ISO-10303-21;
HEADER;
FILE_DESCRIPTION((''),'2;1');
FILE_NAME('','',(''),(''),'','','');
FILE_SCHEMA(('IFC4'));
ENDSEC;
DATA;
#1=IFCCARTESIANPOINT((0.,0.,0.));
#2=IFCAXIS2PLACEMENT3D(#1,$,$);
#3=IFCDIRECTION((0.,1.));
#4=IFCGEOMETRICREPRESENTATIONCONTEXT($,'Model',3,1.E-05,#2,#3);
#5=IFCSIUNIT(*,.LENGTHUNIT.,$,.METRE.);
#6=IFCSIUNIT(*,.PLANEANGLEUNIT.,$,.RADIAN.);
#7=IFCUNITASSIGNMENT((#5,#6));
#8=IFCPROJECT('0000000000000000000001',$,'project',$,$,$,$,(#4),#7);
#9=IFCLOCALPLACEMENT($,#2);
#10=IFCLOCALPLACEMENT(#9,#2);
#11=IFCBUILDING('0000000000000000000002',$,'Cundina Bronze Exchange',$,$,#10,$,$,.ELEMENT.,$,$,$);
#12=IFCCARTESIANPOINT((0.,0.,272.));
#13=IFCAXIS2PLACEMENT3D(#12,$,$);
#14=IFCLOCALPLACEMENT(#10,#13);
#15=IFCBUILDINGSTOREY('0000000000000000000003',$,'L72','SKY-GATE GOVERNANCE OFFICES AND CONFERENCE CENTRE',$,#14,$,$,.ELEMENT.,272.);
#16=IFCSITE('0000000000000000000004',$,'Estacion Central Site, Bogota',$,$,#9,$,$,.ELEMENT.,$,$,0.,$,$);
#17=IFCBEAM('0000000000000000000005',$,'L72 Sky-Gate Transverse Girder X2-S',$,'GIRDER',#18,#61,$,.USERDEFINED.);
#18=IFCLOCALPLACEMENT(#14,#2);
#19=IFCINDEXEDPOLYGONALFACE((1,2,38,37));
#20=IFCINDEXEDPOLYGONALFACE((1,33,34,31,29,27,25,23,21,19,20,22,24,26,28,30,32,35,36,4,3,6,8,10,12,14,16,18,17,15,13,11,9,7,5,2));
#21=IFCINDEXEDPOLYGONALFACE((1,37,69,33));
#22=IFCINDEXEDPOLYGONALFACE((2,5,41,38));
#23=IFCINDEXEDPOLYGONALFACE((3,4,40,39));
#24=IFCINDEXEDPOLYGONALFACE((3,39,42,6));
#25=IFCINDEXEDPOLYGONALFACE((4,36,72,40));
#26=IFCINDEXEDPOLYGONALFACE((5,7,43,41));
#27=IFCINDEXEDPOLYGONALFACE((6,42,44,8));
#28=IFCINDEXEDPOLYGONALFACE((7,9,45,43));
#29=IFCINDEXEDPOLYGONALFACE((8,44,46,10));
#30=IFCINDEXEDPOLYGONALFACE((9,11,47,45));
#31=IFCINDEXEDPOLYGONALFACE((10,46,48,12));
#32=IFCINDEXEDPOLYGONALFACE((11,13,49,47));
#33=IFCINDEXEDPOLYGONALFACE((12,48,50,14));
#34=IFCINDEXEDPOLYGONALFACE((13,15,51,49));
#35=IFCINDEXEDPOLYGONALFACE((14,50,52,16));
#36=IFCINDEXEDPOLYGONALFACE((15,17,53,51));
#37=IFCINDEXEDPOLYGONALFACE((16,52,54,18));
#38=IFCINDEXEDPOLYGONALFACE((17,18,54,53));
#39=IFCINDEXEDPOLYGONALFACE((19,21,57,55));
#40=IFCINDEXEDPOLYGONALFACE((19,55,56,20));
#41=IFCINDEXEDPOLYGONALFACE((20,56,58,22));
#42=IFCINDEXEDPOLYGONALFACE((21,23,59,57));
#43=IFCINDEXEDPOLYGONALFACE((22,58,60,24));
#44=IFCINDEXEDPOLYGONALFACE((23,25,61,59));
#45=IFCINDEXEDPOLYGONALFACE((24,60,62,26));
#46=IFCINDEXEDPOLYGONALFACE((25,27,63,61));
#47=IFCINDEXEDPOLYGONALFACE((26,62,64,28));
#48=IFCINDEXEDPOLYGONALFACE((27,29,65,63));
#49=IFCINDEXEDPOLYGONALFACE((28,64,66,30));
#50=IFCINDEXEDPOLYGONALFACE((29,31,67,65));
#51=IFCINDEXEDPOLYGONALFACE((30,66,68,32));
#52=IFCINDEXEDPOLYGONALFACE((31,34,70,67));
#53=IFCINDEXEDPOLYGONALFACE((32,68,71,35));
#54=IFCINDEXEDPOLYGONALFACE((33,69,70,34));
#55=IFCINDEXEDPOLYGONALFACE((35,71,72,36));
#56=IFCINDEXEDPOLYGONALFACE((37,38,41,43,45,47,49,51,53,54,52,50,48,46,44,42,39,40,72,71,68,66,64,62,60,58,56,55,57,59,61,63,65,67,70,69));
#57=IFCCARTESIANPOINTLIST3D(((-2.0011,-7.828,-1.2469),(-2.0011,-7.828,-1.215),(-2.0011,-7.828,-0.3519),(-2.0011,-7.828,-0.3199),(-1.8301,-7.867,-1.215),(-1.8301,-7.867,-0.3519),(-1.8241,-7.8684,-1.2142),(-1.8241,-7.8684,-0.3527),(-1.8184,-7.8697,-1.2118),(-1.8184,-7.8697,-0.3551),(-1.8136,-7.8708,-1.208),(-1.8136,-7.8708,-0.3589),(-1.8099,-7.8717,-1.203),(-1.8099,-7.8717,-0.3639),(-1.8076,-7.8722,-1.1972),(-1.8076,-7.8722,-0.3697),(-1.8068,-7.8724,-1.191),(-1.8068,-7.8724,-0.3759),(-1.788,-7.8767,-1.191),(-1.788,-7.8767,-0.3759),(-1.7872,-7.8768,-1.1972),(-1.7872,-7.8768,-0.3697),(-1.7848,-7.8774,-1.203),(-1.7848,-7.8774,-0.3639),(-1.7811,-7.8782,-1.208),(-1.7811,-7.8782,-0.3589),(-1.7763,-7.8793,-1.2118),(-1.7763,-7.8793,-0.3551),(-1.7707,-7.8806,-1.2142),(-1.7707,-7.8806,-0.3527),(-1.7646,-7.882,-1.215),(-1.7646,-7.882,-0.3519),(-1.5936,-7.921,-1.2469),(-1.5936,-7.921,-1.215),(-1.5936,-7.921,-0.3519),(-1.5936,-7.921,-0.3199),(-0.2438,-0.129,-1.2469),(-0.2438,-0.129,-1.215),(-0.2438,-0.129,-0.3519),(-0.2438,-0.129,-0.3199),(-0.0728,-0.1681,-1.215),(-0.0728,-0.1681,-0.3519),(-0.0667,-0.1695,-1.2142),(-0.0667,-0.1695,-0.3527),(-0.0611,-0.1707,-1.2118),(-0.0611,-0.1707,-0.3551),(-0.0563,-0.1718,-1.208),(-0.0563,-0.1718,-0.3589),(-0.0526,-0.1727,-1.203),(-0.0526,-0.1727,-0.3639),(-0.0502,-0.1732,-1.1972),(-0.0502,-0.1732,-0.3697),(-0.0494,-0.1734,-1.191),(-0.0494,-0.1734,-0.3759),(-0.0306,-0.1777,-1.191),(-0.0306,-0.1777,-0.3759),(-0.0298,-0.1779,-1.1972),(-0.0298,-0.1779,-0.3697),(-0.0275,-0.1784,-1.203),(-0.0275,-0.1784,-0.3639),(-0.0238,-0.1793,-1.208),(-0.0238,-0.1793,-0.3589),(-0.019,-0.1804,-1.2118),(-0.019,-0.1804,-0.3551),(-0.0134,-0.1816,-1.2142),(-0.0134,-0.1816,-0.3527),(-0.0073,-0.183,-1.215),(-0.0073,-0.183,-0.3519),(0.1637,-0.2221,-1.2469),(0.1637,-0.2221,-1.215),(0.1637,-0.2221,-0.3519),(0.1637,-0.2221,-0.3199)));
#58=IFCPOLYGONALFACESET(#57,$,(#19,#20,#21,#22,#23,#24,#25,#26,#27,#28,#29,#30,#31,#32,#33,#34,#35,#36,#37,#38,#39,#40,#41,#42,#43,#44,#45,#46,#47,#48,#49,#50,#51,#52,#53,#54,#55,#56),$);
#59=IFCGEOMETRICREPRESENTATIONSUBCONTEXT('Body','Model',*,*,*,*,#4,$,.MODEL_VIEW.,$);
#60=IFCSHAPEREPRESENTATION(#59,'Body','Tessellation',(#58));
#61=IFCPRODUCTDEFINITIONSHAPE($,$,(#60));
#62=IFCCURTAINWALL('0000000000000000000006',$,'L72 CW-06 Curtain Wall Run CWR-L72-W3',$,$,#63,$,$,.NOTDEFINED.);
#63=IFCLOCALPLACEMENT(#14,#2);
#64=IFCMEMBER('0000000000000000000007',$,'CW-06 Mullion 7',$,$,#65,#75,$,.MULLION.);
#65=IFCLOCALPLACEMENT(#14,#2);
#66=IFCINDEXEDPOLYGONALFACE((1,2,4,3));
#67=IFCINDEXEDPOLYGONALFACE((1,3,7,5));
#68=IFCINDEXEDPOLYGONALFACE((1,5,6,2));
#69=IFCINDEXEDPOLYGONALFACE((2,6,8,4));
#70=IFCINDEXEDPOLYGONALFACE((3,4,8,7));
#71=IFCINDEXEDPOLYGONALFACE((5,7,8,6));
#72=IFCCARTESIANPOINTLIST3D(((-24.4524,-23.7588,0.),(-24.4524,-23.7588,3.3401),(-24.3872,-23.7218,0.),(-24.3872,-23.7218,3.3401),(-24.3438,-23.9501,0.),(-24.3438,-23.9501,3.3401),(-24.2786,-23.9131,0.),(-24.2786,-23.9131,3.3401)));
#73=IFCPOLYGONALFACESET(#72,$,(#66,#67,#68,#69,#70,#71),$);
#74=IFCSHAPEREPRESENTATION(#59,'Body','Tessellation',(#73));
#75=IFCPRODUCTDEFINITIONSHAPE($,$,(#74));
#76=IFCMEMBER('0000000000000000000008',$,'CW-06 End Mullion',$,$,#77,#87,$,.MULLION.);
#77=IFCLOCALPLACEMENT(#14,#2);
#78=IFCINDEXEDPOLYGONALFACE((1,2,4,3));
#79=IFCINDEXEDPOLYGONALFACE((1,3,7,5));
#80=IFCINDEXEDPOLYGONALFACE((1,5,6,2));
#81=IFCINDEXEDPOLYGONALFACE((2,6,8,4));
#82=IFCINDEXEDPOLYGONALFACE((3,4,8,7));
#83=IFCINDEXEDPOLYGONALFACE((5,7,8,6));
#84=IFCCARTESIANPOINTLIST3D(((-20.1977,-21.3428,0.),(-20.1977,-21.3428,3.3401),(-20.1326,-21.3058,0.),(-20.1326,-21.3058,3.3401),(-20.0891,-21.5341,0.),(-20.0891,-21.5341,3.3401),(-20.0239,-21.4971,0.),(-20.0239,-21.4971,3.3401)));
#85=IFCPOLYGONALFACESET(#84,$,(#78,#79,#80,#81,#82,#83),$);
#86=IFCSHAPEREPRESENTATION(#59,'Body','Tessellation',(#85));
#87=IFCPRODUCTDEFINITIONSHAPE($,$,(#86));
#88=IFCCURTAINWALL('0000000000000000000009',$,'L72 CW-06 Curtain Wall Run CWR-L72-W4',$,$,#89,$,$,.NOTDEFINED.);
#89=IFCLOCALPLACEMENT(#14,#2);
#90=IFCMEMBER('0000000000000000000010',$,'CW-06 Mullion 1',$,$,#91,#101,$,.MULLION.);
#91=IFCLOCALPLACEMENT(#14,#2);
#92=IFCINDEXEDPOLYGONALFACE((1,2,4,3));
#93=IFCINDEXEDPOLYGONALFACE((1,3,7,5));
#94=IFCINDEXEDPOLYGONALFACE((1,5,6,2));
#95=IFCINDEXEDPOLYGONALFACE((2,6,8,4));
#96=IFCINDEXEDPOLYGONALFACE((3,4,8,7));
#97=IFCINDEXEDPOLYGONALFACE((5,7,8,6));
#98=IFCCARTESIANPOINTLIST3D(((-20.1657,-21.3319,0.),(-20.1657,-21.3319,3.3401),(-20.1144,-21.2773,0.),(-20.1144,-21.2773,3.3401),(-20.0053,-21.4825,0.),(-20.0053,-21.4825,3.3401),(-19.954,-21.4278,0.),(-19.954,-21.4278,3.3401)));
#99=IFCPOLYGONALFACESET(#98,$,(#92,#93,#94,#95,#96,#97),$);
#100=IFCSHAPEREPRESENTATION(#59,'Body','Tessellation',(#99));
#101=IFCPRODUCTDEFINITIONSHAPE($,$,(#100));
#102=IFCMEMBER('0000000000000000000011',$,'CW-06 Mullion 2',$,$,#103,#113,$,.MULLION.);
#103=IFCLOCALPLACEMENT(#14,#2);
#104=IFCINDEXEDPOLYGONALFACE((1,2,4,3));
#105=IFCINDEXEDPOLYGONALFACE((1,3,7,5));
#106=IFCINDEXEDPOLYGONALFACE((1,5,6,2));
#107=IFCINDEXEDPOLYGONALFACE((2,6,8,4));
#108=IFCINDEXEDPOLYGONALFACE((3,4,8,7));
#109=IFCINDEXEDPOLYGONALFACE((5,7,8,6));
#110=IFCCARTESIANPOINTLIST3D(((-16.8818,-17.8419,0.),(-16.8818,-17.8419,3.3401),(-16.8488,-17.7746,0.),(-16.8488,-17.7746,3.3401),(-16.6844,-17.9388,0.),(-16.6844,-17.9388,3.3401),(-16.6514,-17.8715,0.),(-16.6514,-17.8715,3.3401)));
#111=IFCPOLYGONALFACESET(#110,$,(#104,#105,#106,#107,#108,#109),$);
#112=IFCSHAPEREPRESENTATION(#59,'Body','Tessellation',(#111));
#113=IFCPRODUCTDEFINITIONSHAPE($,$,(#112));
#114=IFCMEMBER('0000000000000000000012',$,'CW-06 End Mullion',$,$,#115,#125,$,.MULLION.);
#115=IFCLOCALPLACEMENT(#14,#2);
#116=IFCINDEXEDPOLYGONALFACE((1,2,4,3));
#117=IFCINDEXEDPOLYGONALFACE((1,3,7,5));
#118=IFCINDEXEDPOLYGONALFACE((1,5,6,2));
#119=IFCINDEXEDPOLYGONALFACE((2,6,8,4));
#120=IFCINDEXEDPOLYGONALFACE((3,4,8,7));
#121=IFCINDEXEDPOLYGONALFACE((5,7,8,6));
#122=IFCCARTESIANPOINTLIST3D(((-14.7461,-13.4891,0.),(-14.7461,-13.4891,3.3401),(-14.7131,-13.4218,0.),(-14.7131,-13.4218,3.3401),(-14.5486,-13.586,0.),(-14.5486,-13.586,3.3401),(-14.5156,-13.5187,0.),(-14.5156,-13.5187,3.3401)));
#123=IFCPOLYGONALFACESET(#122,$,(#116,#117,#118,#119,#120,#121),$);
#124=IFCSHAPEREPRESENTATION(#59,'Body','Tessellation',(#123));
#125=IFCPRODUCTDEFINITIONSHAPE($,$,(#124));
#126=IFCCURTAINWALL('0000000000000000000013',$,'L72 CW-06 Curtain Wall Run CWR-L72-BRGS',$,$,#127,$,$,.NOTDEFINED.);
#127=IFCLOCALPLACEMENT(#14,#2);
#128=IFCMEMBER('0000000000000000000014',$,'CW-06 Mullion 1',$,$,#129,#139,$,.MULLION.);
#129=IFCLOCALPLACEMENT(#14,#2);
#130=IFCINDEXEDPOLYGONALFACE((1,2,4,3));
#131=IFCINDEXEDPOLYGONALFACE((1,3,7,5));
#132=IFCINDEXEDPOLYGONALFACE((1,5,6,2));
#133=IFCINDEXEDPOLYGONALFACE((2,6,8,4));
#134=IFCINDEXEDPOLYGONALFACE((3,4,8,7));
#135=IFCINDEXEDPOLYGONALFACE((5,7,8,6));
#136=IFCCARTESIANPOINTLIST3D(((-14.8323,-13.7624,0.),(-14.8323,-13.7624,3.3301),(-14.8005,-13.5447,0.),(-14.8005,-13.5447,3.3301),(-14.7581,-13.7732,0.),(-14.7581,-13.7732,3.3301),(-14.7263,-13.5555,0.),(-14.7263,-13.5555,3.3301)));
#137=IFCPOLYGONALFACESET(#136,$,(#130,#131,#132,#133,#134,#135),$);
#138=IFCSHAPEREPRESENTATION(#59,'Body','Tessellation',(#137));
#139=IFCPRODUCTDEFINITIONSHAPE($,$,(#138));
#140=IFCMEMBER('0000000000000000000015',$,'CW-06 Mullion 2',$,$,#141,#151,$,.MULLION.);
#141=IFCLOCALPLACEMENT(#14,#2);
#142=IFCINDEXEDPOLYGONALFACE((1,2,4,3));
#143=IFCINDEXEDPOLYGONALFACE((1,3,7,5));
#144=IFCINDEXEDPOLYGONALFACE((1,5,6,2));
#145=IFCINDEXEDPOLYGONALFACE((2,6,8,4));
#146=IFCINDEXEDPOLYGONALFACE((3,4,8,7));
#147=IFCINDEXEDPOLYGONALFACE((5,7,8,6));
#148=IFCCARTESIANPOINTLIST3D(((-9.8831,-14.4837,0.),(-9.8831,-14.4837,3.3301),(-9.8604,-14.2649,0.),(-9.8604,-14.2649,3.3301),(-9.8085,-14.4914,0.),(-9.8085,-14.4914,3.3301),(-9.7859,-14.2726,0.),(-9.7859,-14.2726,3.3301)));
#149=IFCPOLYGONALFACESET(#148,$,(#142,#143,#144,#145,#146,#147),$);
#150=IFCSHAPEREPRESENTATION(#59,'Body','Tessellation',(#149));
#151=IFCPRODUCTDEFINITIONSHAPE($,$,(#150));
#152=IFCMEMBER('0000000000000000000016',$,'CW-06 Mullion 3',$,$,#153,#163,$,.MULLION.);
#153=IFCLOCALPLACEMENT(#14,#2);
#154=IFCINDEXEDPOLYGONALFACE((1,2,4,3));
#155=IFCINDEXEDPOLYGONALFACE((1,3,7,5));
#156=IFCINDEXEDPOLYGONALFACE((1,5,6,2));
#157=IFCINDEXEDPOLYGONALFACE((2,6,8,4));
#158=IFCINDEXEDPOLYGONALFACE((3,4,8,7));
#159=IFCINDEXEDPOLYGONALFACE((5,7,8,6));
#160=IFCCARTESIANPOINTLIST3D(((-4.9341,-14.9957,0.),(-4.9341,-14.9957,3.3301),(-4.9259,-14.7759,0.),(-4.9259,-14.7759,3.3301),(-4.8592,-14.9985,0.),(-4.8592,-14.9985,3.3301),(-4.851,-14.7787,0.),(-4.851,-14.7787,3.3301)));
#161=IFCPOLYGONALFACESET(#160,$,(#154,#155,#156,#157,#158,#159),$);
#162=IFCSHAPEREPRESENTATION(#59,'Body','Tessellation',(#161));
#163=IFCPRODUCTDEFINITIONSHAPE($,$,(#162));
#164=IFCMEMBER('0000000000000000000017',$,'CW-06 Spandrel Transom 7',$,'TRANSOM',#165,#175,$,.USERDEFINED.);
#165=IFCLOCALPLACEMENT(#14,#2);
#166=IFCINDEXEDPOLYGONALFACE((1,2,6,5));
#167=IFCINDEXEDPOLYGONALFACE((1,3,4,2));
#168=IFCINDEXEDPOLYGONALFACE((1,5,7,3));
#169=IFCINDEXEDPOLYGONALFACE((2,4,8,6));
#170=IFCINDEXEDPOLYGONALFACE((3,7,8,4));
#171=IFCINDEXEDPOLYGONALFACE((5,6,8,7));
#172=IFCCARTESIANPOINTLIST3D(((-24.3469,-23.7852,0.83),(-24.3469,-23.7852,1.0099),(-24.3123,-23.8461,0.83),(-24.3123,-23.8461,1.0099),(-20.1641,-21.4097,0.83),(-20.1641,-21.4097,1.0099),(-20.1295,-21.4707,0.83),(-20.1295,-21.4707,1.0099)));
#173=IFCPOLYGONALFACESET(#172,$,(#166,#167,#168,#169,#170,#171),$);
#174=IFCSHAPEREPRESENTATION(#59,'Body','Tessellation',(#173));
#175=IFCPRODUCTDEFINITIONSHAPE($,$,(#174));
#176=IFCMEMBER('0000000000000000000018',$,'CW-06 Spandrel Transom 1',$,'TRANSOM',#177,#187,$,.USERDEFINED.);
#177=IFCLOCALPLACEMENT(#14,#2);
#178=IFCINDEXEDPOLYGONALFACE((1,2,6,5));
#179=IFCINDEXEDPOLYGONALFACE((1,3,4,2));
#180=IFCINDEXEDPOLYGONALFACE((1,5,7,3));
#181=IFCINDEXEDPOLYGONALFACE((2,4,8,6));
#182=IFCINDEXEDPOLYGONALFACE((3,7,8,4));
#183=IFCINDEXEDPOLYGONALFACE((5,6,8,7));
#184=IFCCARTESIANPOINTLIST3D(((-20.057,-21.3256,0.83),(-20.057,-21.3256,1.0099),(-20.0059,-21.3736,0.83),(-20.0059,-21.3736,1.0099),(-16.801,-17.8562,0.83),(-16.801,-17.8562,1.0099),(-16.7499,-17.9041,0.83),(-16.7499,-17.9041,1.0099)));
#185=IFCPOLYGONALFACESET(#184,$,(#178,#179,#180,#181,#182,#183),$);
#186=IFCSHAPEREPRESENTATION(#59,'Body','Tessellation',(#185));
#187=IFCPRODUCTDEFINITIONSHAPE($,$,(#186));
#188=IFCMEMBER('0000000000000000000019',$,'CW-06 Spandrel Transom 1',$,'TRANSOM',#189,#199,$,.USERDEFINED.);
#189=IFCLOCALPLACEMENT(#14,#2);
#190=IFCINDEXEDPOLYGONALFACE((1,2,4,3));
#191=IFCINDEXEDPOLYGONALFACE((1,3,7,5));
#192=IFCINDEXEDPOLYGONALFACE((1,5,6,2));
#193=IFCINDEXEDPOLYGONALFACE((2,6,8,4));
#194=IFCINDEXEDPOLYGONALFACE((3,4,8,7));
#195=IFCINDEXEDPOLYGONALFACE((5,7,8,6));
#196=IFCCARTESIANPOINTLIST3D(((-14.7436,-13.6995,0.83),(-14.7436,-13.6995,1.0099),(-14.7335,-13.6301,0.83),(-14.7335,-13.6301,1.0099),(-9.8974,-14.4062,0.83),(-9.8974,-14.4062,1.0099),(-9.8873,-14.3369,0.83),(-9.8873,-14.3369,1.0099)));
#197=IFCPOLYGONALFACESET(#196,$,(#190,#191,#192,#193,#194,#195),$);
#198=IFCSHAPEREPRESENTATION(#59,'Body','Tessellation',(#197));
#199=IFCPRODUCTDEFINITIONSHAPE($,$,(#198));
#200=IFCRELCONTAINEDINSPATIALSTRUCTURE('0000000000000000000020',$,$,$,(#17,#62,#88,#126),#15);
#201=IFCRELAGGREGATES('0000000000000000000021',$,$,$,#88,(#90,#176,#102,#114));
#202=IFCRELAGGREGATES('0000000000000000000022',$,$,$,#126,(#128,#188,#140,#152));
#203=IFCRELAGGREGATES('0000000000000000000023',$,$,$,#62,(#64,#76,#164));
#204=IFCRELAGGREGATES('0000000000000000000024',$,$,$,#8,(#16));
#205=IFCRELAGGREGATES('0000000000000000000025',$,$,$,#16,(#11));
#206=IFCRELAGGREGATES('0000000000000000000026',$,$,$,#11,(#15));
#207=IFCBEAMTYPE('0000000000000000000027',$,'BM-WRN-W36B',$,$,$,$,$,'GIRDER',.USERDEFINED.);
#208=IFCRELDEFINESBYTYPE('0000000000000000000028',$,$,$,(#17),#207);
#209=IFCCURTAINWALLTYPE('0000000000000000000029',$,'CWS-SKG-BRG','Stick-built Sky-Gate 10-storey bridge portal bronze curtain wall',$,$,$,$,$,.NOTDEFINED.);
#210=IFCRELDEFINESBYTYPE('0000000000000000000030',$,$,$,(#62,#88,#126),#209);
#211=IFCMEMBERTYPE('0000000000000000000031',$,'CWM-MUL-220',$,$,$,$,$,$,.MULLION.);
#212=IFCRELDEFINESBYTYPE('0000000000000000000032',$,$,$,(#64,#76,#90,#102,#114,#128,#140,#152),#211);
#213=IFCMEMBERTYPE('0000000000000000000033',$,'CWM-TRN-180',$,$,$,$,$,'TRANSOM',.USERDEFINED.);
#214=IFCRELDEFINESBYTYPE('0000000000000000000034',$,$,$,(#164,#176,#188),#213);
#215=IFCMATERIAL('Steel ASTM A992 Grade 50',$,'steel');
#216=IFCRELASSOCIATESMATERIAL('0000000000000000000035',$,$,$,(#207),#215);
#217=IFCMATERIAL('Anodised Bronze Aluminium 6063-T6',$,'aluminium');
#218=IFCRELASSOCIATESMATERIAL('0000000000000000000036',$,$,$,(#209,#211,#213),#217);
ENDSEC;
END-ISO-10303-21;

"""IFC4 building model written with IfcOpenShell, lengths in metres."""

from ifc_helpers import new_model, si_unit, direction, frame, origin, origin_2d, place, context, subcontext, project, spatial, rectangle, i_section, extrude, material, material_profile, profile_set, type_object, element, aggregate, save


model = new_model("IFC4")

# Units and contexts
model_context = context("Model", 3, precision=1e-05, world=origin(), true_north=direction((0.0, 1.0)))
body_context = subcontext(model_context, "Body", "Model", "MODEL_VIEW")
ifc_project = project(units=[si_unit("LENGTHUNIT", "METRE"), si_unit("PLANEANGLEUNIT", "RADIAN")], contexts=[model_context])

# Site, building, storey
site_placement = place(None, origin())
site = spatial("IfcSite", under=ifc_project, at=site_placement, Name="Estacion Central Site, Bogota", CompositionType="ELEMENT", RefElevation=0.0)
building_placement = place(site_placement, origin())
building = spatial("IfcBuilding", under=site, at=building_placement, Name="Cundina Bronze Exchange", CompositionType="ELEMENT")
storey_placement = place(building_placement, frame((0.0, 0.0, 272.0)))
storey = spatial("IfcBuildingStorey", under=building, at=storey_placement, Name="L72", Description="SKY-GATE GOVERNANCE OFFICES AND CONFERENCE CENTRE", CompositionType="ELEMENT", Elevation=272.0)

# Beam
ifc_material_1 = material(Name="Steel ASTM A992 Grade 50", Category="steel")
ifc_material_profile_1 = material_profile(ifc_material_1, i_section(OverallWidth=0.418, OverallDepth=0.927, WebThickness=0.0193, FlangeThickness=0.032, FilletRadius=0.0239, at=origin_2d()), Name="W36X231", Category="steel")
ifc_profile_set_1 = profile_set([ifc_material_profile_1], Name="Steel ASTM A992 Grade 50")
beam_type_1 = type_object("IfcBeamType", Name="BM-WRN-W36B", ElementType="GIRDER", PredefinedType="USERDEFINED", material=ifc_profile_set_1)
beam_1_placement = place(storey_placement, frame((-1.7974, -7.8745, -0.7834), z_axis=(0.222531, 0.974926, 0.0), x_axis=(-0.974926, 0.222531, 0.0)))
element("IfcBeam", 1, at=beam_1_placement, inside=storey, type_object=beam_type_1, Name="L72 Sky-Gate Transverse Girder X2-S", ObjectType="GIRDER", PredefinedType="USERDEFINED", context=body_context, shape_type="SweptSolid", body=[
    extrude(i_section(OverallWidth=0.418, OverallDepth=0.927, WebThickness=0.0193, FlangeThickness=0.032, FilletRadius=0.0239, at=origin_2d()), origin(), (0.0, 0.0, 1.0), 7.897),
])

# Curtain walls, members
ifc_material_2 = material(Name="Anodised Bronze Aluminium 6063-T6", Category="aluminium")
curtain_wall_type = type_object("IfcCurtainWallType", Name="CWS-SKG-BRG", Description="Stick-built Sky-Gate 10-storey bridge portal bronze curtain wall", PredefinedType="NOTDEFINED", material=ifc_material_2)
curtain_wall_1_placement = place(storey_placement, origin())
curtain_wall_1 = element("IfcCurtainWall", 2, at=curtain_wall_1_placement, inside=storey, type_object=curtain_wall_type, Name="L72 CW-06 Curtain Wall Run CWR-L72-W3", PredefinedType="NOTDEFINED")
ifc_material_profile_2 = material_profile(ifc_material_2, rectangle(XDim=0.075, YDim=0.22, at=origin_2d()), Name="AL75X220", Category="aluminium")
ifc_profile_set_2 = profile_set([ifc_material_profile_2], Name="Anodised Bronze Aluminium 6063-T6")
member_type_1 = type_object("IfcMemberType", Name="CWM-MUL-220", PredefinedType="MULLION", material=ifc_profile_set_2)
member_1_placement = place(storey_placement, frame((-24.3655, -23.8359, 0.0), z_axis=(0.0, 0.0, 1.0), x_axis=(0.869581, 0.49379, 0.0)))
member_1 = element("IfcMember", 3, at=member_1_placement, type_object=member_type_1, Name="CW-06 Mullion 7", PredefinedType="MULLION", context=body_context, shape_type="SweptSolid", body=[
    extrude(rectangle(XDim=0.075, YDim=0.22, at=origin_2d()), origin(), (0.0, 0.0, 1.0), 3.3401),
])
member_2_placement = place(storey_placement, frame((-20.1108, -21.4199, 0.0), z_axis=(0.0, 0.0, 1.0), x_axis=(0.869581, 0.49379, 0.0)))
member_2 = element("IfcMember", 4, at=member_2_placement, type_object=member_type_1, Name="CW-06 End Mullion", PredefinedType="MULLION", context=body_context, shape_type="SweptSolid", body=[
    extrude(rectangle(XDim=0.075, YDim=0.22, at=origin_2d()), origin(), (0.0, 0.0, 1.0), 3.3401),
])
curtain_wall_2_placement = place(storey_placement, origin())
curtain_wall_2 = element("IfcCurtainWall", 5, at=curtain_wall_2_placement, inside=storey, type_object=curtain_wall_type, Name="L72 CW-06 Curtain Wall Run CWR-L72-W4", PredefinedType="NOTDEFINED")
member_3_placement = place(storey_placement, frame((-20.0598, -21.3799, 0.0), z_axis=(0.0, 0.0, 1.0), x_axis=(0.684293, 0.729208, 0.0)))
member_3 = element("IfcMember", 6, at=member_3_placement, type_object=member_type_1, Name="CW-06 Mullion 1", PredefinedType="MULLION", context=body_context, shape_type="SweptSolid", body=[
    extrude(rectangle(XDim=0.075, YDim=0.22, at=origin_2d()), origin(), (0.0, 0.0, 1.0), 3.3401),
])
member_4_placement = place(storey_placement, frame((-16.7666, -17.8567, 0.0), z_axis=(0.0, 0.0, 1.0), x_axis=(0.440566, 0.89772, 0.0)))
member_4 = element("IfcMember", 7, at=member_4_placement, type_object=member_type_1, Name="CW-06 Mullion 2", PredefinedType="MULLION", context=body_context, shape_type="SweptSolid", body=[
    extrude(rectangle(XDim=0.075, YDim=0.22, at=origin_2d()), origin(), (0.0, 0.0, 1.0), 3.3401),
])
member_5_placement = place(storey_placement, frame((-14.6309, -13.5039, 0.0), z_axis=(0.0, 0.0, 1.0), x_axis=(0.440566, 0.89772, 0.0)))
member_5 = element("IfcMember", 8, at=member_5_placement, type_object=member_type_1, Name="CW-06 End Mullion", PredefinedType="MULLION", context=body_context, shape_type="SweptSolid", body=[
    extrude(rectangle(XDim=0.075, YDim=0.22, at=origin_2d()), origin(), (0.0, 0.0, 1.0), 3.3401),
])
curtain_wall_3_placement = place(storey_placement, origin())
curtain_wall_3 = element("IfcCurtainWall", 9, at=curtain_wall_3_placement, inside=storey, type_object=curtain_wall_type, Name="L72 CW-06 Curtain Wall Run CWR-L72-BRGS", PredefinedType="NOTDEFINED")
member_6_placement = place(storey_placement, frame((-14.7793, -13.6589, 0.0), z_axis=(0.0, 0.0, 1.0), x_axis=(0.989526, -0.144356, 0.0)))
member_6 = element("IfcMember", 10, at=member_6_placement, type_object=member_type_1, Name="CW-06 Mullion 1", PredefinedType="MULLION", context=body_context, shape_type="SweptSolid", body=[
    extrude(rectangle(XDim=0.075, YDim=0.22, at=origin_2d()), origin(), (0.0, 0.0, 1.0), 3.3301),
])
member_7_placement = place(storey_placement, frame((-9.8345, -14.3782, 0.0), z_axis=(0.0, 0.0, 1.0), x_axis=(0.994667, -0.10314, 0.0)))
member_7 = element("IfcMember", 11, at=member_7_placement, type_object=member_type_1, Name="CW-06 Mullion 2", PredefinedType="MULLION", context=body_context, shape_type="SweptSolid", body=[
    extrude(rectangle(XDim=0.075, YDim=0.22, at=origin_2d()), origin(), (0.0, 0.0, 1.0), 3.3301),
])
member_8_placement = place(storey_placement, frame((-4.8926, -14.8872, 0.0), z_axis=(0.0, 0.0, 1.0), x_axis=(0.999303, -0.037341, 0.0)))
member_8 = element("IfcMember", 12, at=member_8_placement, type_object=member_type_1, Name="CW-06 Mullion 3", PredefinedType="MULLION", context=body_context, shape_type="SweptSolid", body=[
    extrude(rectangle(XDim=0.075, YDim=0.22, at=origin_2d()), origin(), (0.0, 0.0, 1.0), 3.3301),
])

# Members
ifc_material_profile_3 = material_profile(ifc_material_2, rectangle(XDim=0.0701, YDim=0.1799, at=origin_2d()), Name="AL70X180", Category="aluminium")
ifc_profile_set_3 = profile_set([ifc_material_profile_3], Name="Anodised Bronze Aluminium 6063-T6")
member_type_2 = type_object("IfcMemberType", Name="CWM-TRN-180", ElementType="TRANSOM", PredefinedType="USERDEFINED", material=ifc_profile_set_3)
member_9_placement = place(storey_placement, frame((-24.3296, -23.8157, 0.9199), z_axis=(0.869558, 0.493831, 0.0), x_axis=(-0.493831, 0.869558, 0.0)))
member_9 = element("IfcMember", 13, at=member_9_placement, type_object=member_type_2, Name="CW-06 Spandrel Transom 7", ObjectType="TRANSOM", PredefinedType="USERDEFINED", context=body_context, shape_type="SweptSolid", body=[
    extrude(rectangle(XDim=0.0701, YDim=0.1799, at=origin_2d()), origin(), (0.0, 0.0, 1.0), 4.8103),
])
member_10_placement = place(storey_placement, frame((-20.0315, -21.3496, 0.9199), z_axis=(0.684328, 0.729174, 0.0), x_axis=(-0.729174, 0.684328, 0.0)))
member_10 = element("IfcMember", 14, at=member_10_placement, type_object=member_type_2, Name="CW-06 Spandrel Transom 1", ObjectType="TRANSOM", PredefinedType="USERDEFINED", context=body_context, shape_type="SweptSolid", body=[
    extrude(rectangle(XDim=0.0701, YDim=0.1799, at=origin_2d()), origin(), (0.0, 0.0, 1.0), 4.7581),
])
member_11_placement = place(storey_placement, frame((-14.7385, -13.6648, 0.9199), z_axis=(0.989531, -0.144317, 0.0), x_axis=(0.144317, 0.989531, 0.0)))
member_11 = element("IfcMember", 15, at=member_11_placement, type_object=member_type_2, Name="CW-06 Spandrel Transom 1", ObjectType="TRANSOM", PredefinedType="USERDEFINED", context=body_context, shape_type="SweptSolid", body=[
    extrude(rectangle(XDim=0.0701, YDim=0.1799, at=origin_2d()), origin(), (0.0, 0.0, 1.0), 4.8975),
])

aggregate(curtain_wall_2, [member_3, member_10, member_4, member_5])
aggregate(curtain_wall_3, [member_6, member_11, member_7, member_8])
aggregate(curtain_wall_1, [member_1, member_2, member_9])

save(model, "model.ifc")
